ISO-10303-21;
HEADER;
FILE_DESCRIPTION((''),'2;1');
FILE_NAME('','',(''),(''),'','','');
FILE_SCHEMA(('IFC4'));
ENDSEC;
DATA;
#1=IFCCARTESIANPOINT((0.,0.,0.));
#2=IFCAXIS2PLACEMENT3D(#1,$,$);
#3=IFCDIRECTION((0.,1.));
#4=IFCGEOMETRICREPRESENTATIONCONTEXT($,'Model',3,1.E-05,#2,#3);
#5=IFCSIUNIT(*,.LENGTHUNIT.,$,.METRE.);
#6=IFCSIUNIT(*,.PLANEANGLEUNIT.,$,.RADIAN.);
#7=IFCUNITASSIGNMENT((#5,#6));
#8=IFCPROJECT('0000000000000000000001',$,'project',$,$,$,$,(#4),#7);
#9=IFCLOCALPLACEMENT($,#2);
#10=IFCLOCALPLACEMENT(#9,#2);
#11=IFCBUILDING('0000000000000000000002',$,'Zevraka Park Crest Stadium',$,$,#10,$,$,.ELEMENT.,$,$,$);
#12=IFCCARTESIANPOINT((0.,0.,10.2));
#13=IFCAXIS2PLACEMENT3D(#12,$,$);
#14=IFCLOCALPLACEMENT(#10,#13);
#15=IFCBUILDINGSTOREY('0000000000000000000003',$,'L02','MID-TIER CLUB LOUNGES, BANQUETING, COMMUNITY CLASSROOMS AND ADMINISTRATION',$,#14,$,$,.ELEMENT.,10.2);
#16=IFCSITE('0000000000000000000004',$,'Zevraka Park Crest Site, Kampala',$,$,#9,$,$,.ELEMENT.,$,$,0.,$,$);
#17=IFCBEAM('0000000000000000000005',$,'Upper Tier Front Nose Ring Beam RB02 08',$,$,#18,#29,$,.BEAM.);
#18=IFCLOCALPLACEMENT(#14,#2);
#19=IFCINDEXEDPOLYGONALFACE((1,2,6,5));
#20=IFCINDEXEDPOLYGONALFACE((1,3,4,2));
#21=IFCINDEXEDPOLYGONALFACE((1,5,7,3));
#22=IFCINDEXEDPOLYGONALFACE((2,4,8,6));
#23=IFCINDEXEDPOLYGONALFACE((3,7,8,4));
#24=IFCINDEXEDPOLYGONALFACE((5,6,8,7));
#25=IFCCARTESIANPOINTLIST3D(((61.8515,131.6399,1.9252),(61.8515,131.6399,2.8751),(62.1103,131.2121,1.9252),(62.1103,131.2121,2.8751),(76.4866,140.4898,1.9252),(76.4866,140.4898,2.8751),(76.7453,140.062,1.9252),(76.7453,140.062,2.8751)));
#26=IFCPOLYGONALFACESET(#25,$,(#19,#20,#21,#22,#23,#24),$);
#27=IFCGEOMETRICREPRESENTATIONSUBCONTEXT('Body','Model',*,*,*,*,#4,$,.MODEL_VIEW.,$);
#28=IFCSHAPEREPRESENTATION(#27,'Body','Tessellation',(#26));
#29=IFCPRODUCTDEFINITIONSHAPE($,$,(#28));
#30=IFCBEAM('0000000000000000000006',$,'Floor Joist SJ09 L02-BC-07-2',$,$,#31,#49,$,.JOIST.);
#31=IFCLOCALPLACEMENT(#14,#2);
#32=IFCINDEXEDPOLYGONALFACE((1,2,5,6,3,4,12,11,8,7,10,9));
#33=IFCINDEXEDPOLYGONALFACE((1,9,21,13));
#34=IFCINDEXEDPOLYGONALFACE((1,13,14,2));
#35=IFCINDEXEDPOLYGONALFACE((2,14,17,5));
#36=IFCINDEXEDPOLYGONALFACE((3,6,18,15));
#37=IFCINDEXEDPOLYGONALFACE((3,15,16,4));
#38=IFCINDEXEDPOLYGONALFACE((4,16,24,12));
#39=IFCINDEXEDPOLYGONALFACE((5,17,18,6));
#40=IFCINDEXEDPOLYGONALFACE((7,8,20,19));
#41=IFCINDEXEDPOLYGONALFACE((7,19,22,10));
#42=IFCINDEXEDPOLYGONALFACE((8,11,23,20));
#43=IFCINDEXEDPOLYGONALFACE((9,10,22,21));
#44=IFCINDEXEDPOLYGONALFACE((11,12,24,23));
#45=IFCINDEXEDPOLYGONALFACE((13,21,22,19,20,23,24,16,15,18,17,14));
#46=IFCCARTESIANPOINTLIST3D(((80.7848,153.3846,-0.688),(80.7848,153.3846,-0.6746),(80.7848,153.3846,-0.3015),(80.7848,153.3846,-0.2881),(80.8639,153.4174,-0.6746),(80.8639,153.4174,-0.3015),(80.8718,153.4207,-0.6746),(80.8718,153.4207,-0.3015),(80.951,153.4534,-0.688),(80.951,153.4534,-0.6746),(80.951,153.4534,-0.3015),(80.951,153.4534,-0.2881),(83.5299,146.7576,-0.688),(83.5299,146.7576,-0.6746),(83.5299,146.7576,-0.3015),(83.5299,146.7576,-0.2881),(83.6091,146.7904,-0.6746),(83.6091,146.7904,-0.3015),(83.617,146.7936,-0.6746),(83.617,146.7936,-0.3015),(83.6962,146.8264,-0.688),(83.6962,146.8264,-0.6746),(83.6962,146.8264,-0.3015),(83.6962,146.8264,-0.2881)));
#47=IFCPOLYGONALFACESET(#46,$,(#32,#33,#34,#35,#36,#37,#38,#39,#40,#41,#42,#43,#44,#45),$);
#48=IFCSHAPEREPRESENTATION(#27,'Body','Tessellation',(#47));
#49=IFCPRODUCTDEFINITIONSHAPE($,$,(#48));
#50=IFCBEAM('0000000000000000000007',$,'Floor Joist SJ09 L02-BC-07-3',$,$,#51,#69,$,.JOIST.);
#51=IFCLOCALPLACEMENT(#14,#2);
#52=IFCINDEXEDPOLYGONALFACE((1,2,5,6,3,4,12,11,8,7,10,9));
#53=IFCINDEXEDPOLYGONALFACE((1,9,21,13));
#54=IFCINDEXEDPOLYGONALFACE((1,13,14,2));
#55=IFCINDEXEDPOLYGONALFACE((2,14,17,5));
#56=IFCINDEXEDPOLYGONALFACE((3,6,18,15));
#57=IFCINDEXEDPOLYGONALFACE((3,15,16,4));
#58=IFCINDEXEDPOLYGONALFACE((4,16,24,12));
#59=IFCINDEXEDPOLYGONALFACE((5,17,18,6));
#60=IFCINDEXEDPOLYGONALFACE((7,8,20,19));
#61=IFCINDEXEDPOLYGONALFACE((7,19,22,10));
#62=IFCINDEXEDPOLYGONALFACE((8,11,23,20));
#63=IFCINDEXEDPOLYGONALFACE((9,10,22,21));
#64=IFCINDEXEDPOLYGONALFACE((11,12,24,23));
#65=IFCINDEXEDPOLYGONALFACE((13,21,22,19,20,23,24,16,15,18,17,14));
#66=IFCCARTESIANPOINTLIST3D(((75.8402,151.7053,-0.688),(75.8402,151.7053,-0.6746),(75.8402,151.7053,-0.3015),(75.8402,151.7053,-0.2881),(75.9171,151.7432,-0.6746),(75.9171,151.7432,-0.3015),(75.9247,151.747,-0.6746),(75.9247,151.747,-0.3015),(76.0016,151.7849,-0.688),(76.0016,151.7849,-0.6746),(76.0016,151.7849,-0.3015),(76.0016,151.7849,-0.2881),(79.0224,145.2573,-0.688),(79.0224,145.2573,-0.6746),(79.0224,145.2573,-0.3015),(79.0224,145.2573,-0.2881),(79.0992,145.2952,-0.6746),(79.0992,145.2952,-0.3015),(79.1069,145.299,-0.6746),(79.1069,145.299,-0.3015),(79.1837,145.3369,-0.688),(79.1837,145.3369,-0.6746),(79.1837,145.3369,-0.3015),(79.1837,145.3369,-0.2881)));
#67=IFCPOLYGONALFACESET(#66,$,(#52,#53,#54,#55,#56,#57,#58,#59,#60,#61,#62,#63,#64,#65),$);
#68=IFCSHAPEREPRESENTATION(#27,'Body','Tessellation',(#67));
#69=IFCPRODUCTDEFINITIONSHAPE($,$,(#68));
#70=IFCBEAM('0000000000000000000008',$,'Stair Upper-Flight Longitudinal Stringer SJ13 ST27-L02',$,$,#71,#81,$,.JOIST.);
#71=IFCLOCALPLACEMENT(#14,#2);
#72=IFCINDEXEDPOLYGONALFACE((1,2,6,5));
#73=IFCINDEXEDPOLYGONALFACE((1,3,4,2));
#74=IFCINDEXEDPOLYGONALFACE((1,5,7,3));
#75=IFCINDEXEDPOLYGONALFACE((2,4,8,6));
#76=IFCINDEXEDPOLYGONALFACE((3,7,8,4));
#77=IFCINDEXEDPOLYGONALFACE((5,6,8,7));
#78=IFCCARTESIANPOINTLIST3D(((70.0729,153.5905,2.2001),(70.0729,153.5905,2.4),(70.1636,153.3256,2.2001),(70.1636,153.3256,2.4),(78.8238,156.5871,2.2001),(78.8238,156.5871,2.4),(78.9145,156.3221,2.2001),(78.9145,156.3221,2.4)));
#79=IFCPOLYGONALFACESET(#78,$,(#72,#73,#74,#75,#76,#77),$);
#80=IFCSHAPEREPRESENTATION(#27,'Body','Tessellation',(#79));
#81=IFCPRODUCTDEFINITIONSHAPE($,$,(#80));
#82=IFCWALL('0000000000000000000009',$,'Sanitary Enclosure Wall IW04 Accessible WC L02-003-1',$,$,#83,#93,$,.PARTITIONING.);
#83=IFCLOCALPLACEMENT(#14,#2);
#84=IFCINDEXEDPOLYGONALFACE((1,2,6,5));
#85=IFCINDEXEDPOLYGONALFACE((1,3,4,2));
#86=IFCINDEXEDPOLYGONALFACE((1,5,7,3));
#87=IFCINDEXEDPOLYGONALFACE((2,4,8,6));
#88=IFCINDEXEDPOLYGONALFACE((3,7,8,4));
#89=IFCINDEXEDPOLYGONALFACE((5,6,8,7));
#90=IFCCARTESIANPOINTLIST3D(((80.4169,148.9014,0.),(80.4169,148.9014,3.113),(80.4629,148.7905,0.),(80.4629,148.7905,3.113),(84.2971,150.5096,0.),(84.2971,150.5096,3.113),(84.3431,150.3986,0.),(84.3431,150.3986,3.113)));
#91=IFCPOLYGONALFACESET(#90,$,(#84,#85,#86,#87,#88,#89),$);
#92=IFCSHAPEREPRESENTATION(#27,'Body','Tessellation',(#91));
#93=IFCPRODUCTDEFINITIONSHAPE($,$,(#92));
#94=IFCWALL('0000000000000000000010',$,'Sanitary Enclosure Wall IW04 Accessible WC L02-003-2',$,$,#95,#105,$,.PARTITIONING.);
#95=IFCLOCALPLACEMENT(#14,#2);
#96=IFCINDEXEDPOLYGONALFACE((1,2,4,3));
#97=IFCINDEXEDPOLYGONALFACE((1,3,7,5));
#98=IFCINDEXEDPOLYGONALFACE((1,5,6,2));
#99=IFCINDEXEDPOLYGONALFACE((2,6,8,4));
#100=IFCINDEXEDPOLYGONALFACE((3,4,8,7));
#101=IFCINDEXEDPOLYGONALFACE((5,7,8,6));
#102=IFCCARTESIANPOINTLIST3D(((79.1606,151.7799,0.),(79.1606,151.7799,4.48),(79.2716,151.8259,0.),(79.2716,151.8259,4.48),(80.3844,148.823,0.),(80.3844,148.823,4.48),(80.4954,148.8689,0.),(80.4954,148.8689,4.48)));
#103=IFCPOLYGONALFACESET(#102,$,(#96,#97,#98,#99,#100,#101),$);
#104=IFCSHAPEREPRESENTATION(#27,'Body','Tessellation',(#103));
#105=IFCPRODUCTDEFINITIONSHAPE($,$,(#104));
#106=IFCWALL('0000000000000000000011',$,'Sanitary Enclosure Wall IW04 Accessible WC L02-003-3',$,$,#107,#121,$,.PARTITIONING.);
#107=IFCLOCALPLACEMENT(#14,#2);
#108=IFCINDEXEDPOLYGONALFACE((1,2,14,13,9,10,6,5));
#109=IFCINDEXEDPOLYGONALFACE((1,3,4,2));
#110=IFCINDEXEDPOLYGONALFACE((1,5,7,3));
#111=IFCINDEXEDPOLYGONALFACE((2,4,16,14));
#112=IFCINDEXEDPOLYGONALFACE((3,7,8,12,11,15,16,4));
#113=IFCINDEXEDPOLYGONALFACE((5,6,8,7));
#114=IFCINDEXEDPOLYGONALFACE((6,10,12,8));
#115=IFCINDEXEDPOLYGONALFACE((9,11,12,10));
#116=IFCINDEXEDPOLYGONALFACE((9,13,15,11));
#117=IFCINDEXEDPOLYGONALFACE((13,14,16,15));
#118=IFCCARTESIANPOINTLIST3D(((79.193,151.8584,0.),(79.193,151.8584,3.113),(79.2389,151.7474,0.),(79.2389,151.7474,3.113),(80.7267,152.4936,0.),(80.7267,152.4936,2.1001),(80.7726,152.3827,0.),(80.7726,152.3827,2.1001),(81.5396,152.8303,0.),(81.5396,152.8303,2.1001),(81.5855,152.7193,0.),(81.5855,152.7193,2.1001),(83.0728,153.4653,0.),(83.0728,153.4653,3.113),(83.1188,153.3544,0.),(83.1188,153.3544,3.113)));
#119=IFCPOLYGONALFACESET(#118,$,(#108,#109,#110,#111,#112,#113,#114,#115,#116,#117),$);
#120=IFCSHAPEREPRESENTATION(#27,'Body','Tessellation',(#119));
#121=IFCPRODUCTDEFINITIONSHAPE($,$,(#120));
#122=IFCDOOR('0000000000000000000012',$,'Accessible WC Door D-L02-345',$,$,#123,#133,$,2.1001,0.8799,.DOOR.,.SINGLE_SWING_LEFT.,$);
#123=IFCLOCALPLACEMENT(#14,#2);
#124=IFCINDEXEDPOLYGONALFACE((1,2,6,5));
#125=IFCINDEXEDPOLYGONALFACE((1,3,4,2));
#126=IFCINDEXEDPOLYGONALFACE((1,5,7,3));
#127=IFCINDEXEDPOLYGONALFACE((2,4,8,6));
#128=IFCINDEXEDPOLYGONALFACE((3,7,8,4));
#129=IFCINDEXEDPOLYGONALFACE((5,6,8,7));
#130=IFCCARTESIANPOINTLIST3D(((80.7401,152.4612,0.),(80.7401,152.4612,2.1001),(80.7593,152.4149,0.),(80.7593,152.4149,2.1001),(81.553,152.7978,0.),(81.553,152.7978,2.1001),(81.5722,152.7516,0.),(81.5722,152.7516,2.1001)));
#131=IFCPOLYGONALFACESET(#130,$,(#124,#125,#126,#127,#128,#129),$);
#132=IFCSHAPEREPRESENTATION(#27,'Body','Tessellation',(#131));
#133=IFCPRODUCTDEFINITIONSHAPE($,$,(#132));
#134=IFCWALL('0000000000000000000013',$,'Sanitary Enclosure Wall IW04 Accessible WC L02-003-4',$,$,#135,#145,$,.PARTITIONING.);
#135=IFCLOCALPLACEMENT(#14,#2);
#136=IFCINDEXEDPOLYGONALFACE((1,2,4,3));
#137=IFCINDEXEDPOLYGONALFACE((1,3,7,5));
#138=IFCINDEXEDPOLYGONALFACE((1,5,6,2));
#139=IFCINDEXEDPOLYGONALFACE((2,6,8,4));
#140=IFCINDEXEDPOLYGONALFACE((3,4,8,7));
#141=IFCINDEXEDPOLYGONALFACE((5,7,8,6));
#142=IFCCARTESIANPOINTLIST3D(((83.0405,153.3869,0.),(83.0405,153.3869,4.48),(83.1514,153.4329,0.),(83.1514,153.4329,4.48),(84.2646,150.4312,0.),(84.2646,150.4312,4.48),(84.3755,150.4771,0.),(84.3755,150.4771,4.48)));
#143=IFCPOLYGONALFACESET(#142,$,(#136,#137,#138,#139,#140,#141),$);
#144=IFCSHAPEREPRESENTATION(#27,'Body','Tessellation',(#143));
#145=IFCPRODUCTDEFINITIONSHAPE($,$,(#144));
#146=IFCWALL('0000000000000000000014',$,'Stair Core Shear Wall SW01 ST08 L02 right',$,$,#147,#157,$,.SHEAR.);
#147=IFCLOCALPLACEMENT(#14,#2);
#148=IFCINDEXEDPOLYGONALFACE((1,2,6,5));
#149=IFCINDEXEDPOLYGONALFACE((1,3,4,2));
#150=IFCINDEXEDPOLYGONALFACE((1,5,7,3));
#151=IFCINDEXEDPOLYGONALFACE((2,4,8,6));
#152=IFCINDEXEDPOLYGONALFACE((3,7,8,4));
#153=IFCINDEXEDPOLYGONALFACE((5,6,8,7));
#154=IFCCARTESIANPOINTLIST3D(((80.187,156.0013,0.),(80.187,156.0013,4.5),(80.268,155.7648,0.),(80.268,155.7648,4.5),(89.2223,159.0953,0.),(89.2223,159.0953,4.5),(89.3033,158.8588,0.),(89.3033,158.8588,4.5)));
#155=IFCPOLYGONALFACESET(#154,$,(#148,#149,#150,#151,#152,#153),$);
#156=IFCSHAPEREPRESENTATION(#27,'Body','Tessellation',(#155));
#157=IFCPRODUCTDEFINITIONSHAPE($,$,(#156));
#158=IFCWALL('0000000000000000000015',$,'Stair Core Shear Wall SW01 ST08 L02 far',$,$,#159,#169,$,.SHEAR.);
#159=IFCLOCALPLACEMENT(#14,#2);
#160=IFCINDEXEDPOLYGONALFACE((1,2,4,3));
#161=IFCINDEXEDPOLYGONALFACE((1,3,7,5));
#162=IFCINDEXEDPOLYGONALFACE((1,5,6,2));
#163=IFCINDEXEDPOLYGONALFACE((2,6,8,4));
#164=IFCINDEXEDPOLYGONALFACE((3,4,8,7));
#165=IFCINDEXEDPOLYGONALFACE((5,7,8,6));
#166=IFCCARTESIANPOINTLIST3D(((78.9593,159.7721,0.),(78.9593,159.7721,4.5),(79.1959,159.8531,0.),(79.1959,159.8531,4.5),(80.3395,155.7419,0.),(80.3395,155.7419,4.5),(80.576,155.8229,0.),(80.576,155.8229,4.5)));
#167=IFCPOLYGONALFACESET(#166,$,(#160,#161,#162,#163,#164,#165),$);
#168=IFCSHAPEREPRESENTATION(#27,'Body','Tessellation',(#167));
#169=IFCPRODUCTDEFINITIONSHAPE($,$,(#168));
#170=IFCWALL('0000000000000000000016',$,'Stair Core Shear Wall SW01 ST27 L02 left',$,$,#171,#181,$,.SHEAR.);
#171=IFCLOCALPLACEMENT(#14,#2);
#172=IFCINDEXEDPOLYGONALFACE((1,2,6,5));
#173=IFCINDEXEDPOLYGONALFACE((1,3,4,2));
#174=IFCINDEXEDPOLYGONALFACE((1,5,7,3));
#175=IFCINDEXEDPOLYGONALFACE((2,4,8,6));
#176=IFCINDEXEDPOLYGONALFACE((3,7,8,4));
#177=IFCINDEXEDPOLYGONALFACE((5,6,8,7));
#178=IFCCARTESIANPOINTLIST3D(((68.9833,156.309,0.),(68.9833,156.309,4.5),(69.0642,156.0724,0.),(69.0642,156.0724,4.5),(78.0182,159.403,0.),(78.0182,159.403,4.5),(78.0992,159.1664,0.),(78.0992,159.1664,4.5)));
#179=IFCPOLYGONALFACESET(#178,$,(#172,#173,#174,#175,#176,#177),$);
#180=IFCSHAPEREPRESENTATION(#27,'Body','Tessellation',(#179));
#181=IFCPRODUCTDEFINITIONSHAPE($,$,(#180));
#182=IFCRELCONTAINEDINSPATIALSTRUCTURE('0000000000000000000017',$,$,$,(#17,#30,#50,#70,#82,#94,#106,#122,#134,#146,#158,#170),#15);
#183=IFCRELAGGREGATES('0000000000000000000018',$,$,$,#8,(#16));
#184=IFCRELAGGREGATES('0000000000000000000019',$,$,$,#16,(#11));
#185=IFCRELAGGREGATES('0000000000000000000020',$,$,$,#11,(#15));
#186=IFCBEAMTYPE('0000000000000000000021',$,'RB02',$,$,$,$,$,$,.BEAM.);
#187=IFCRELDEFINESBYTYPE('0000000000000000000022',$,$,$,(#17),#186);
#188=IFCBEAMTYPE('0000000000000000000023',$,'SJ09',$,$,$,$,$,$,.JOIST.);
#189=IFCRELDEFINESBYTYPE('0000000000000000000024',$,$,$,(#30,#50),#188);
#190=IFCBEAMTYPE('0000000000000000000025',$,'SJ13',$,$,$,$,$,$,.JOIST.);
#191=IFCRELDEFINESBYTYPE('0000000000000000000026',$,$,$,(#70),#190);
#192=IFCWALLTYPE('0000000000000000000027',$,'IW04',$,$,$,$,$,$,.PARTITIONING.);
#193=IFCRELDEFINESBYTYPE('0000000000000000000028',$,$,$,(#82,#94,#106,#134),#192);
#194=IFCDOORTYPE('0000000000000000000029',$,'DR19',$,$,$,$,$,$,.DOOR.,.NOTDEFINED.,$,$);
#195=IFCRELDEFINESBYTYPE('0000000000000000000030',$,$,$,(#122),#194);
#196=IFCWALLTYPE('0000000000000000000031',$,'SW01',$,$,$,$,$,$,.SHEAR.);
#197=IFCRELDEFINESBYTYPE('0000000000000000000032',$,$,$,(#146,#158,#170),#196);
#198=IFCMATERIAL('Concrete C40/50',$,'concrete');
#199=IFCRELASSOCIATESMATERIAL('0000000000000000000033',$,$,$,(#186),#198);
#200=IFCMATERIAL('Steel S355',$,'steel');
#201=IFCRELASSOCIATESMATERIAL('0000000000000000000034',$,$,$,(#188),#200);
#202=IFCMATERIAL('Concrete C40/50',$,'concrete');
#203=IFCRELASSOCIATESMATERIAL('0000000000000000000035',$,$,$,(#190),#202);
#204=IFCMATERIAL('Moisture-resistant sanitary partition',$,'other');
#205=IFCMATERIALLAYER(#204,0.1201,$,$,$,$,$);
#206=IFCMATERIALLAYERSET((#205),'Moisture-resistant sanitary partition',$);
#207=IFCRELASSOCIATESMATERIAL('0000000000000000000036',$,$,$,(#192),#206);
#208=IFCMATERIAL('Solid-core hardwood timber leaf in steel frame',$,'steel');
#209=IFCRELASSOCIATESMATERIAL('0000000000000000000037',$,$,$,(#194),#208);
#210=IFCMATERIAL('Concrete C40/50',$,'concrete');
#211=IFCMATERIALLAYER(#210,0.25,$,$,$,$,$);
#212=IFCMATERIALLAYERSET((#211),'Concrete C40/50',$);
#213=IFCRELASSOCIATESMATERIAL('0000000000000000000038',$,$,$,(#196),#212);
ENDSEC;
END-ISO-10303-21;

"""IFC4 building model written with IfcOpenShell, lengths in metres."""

from ifc_helpers import new_model, si_unit, direction, frame, frame_2d, origin, origin_2d, place, context, subcontext, project, spatial, rectangle, i_section, extrude, material, layer, layer_set, material_profile, profile_set, type_object, element, fill, save


model = new_model("IFC4")

# Units and contexts
model_context = context("Model", 3, precision=1e-05, world=origin(), true_north=direction((0.0, 1.0)))
body_context = subcontext(model_context, "Body", "Model", "MODEL_VIEW")
ifc_project = project(units=[si_unit("LENGTHUNIT", "METRE"), si_unit("PLANEANGLEUNIT", "RADIAN")], contexts=[model_context])

# Site, building, storey
site_placement = place(None, origin())
site = spatial("IfcSite", under=ifc_project, at=site_placement, Name="Zevraka Park Crest Site, Kampala", CompositionType="ELEMENT", RefElevation=0.0)
building_placement = place(site_placement, origin())
building = spatial("IfcBuilding", under=site, at=building_placement, Name="Zevraka Park Crest Stadium", CompositionType="ELEMENT")
storey_placement = place(building_placement, frame((0.0, 0.0, 10.2)))
storey = spatial("IfcBuildingStorey", under=building, at=storey_placement, Name="L02", Description="MID-TIER CLUB LOUNGES, BANQUETING, COMMUNITY CLASSROOMS AND ADMINISTRATION", CompositionType="ELEMENT", Elevation=10.2)

# Beams
ifc_material_1 = material(Name="Concrete C40/50", Category="concrete")
ifc_material_profile_1 = material_profile(ifc_material_1, rectangle(XDim=0.5, YDim=0.95, at=origin_2d()), Name="RC 950x500")
ifc_profile_set_1 = profile_set([ifc_material_profile_1], Name="Concrete C40/50")
beam_type_1 = type_object("IfcBeamType", Name="RB02", PredefinedType="BEAM", material=ifc_profile_set_1)
beam_1_placement = place(storey_placement, frame((76.616, 140.2759, 2.4001), z_axis=(-0.855712, -0.517453, 0.0), x_axis=(0.517453, -0.855712, 0.0)))
element("IfcBeam", 1, at=beam_1_placement, inside=storey, type_object=beam_type_1, Name="Upper Tier Front Nose Ring Beam RB02 08", PredefinedType="BEAM", context=body_context, shape_type="SweptSolid", body=[
    extrude(rectangle(XDim=0.5, YDim=0.95, at=origin_2d()), origin(), (0.0, 0.0, 1.0), 17.1028),
])
ifc_material_2 = material(Name="Steel S355", Category="steel")
ifc_material_profile_2 = material_profile(ifc_material_2, i_section(OverallWidth=0.1799, OverallDepth=0.3999, WebThickness=0.0085, FlangeThickness=0.0134, at=origin_2d()), Name="IPE 400")
ifc_profile_set_2 = profile_set([ifc_material_profile_2], Name="Steel S355")
beam_type_2 = type_object("IfcBeamType", Name="SJ09", PredefinedType="JOIST", material=ifc_profile_set_2)
beam_2_placement = place(storey_placement, frame((83.613, 146.792, -0.488), z_axis=(-0.3827, 0.923872, 0.0), x_axis=(-0.923872, -0.3827, 0.0)))
element("IfcBeam", 2, at=beam_2_placement, inside=storey, type_object=beam_type_2, Name="Floor Joist SJ09 L02-BC-07-2", PredefinedType="JOIST", context=body_context, shape_type="SweptSolid", body=[
    extrude(i_section(OverallWidth=0.1799, OverallDepth=0.3999, WebThickness=0.0085, FlangeThickness=0.0134, at=origin_2d()), origin(), (0.0, 0.0, 1.0), 7.1731),
])
beam_3_placement = place(storey_placement, frame((79.103, 145.2971, -0.488), z_axis=(-0.442549, 0.896744, 0.0), x_axis=(-0.896744, -0.442549, 0.0)))
element("IfcBeam", 3, at=beam_3_placement, inside=storey, type_object=beam_type_2, Name="Floor Joist SJ09 L02-BC-07-3", PredefinedType="JOIST", context=body_context, shape_type="SweptSolid", body=[
    extrude(i_section(OverallWidth=0.1799, OverallDepth=0.3999, WebThickness=0.0085, FlangeThickness=0.0134, at=origin_2d()), origin(), (0.0, 0.0, 1.0), 7.1904),
])
ifc_material_3 = material(Name="Concrete C40/50", Category="concrete")
ifc_material_profile_3 = material_profile(ifc_material_3, rectangle(XDim=0.28, YDim=0.2, at=origin_2d()), Name="RC 200x280")
ifc_profile_set_3 = profile_set([ifc_material_profile_3], Name="Concrete C40/50")
beam_type_3 = type_object("IfcBeamType", Name="SJ13", PredefinedType="JOIST", material=ifc_profile_set_3)
beam_4_placement = place(storey_placement, frame((78.8691, 156.4546, 2.3), z_axis=(-0.94607, -0.323961, 0.0), x_axis=(0.323961, -0.94607, 0.0)))
element("IfcBeam", 4, at=beam_4_placement, inside=storey, type_object=beam_type_3, Name="Stair Upper-Flight Longitudinal Stringer SJ13 ST27-L02", PredefinedType="JOIST", context=body_context, shape_type="SweptSolid", body=[
    extrude(rectangle(XDim=0.28, YDim=0.2, at=origin_2d()), origin(), (0.0, 0.0, 1.0), 9.2498),
])

# Walls
ifc_material_4 = material(Name="Moisture-resistant sanitary partition", Category="other")
ifc_layer_1 = layer(ifc_material_4, 0.1201)
ifc_layer_set_1 = layer_set([ifc_layer_1], Name="Moisture-resistant sanitary partition")
wall_type_1 = type_object("IfcWallType", Name="IW04", PredefinedType="PARTITIONING", material=ifc_layer_set_1)
wall_1_placement = place(storey_placement, frame((84.3201, 150.4541, 0.0), z_axis=(0.0, 0.0, 1.0), x_axis=(-0.923799, -0.382877, 0.0)))
element("IfcWall", 5, at=wall_1_placement, inside=storey, type_object=wall_type_1, Name="Sanitary Enclosure Wall IW04 Accessible WC L02-003-1", PredefinedType="PARTITIONING", context=body_context, shape_type="SweptSolid", body=[
    extrude(rectangle(XDim=4.2002, YDim=0.1201, at=frame_2d((2.1001, 0.0))), origin(), (0.0, 0.0, 1.0), 3.113),
])
wall_2_placement = place(storey_placement, frame((80.4399, 148.8459, 0.0), z_axis=(0.0, 0.0, 1.0), x_axis=(-0.382426, 0.923986, 0.0)))
element("IfcWall", 6, at=wall_2_placement, inside=storey, type_object=wall_type_1, Name="Sanitary Enclosure Wall IW04 Accessible WC L02-003-2", PredefinedType="PARTITIONING", context=body_context, shape_type="SweptSolid", body=[
    extrude(rectangle(XDim=3.2002, YDim=0.1201, at=frame_2d((1.6001, 0.0))), origin(), (0.0, 0.0, 1.0), 4.48),
])

# Wall, opening, door
wall_3_placement = place(storey_placement, frame((79.2161, 151.803, 0.0), z_axis=(0.0, 0.0, 1.0), x_axis=(0.923894, 0.38265, 0.0)))
wall_3 = element("IfcWall", 7, at=wall_3_placement, inside=storey, type_object=wall_type_1, Name="Sanitary Enclosure Wall IW04 Accessible WC L02-003-3", PredefinedType="PARTITIONING", context=body_context, shape_type="SweptSolid", body=[
    extrude(rectangle(XDim=4.1995, YDim=0.1201, at=frame_2d((2.0996, 0.0))), origin(), (0.0, 0.0, 1.0), 3.113),
])
opening_1_placement = place(wall_3_placement, frame((1.6599, 0.0, 0.0)))
opening_1 = element("IfcOpeningElement", 8, at=opening_1_placement, cuts=wall_3, PredefinedType="OPENING", context=body_context, shape_type="SweptSolid", body=[
    extrude(rectangle(XDim=0.8799, YDim=2.1001, at=frame_2d((0.4399, 1.05))), frame((0.0, 0.0701, 0.0), z_axis=(0.0, -1.0, 0.0), x_axis=(1.0, 0.0, 0.0)), (0.0, 0.0, 1.0), 0.1401),
])
ifc_material_5 = material(Name="Solid-core hardwood timber leaf in steel frame", Category="steel")
door_type_1 = type_object("IfcDoorType", Name="DR19", OperationType="NOTDEFINED", PredefinedType="DOOR", material=ifc_material_5)
door_1_placement = place(opening_1_placement, origin())
door_1 = element("IfcDoor", 9, at=door_1_placement, inside=storey, type_object=door_type_1, Name="Accessible WC Door D-L02-345", OperationType="SINGLE_SWING_LEFT", OverallHeight=2.1001, OverallWidth=0.8799, PredefinedType="DOOR", context=body_context, shape_type="SweptSolid", body=[
    extrude(rectangle(XDim=0.8799, YDim=2.1001, at=frame_2d((0.4399, 1.05))), frame((0.0, 0.0249, 0.0), z_axis=(0.0, -1.0, 0.0), x_axis=(1.0, 0.0, 0.0)), (0.0, 0.0, 1.0), 0.05),
])
fill(opening_1, door_1)

# Walls
wall_4_placement = place(storey_placement, frame((83.0959, 153.4099, 0.0), z_axis=(0.0, 0.0, 1.0), x_axis=(0.382626, -0.923903, 0.0)))
element("IfcWall", 10, at=wall_4_placement, inside=storey, type_object=wall_type_1, Name="Sanitary Enclosure Wall IW04 Accessible WC L02-003-4", PredefinedType="PARTITIONING", context=body_context, shape_type="SweptSolid", body=[
    extrude(rectangle(XDim=3.1992, YDim=0.1201, at=frame_2d((1.5996, 0.0))), origin(), (0.0, 0.0, 1.0), 4.48),
])
ifc_material_6 = material(Name="Concrete C40/50", Category="concrete")
ifc_layer_2 = layer(ifc_material_6, 0.25)
ifc_layer_set_2 = layer_set([ifc_layer_2], Name="Concrete C40/50")
wall_type_2 = type_object("IfcWallType", Name="SW01", PredefinedType="SHEAR", material=ifc_layer_set_2)
wall_5_placement = place(storey_placement, frame((80.2275, 155.8831, 0.0), z_axis=(0.0, 0.0, 1.0), x_axis=(0.946067, 0.323971, 0.0)))
element("IfcWall", 11, at=wall_5_placement, inside=storey, type_object=wall_type_2, Name="Stair Core Shear Wall SW01 ST08 L02 right", PredefinedType="SHEAR", context=body_context, shape_type="SweptSolid", body=[
    extrude(rectangle(XDim=9.5503, YDim=0.25, at=frame_2d((4.7751, 0.0))), origin(), (0.0, 0.0, 1.0), 4.5),
])
wall_6_placement = place(storey_placement, frame((79.0776, 159.8125, 0.0), z_axis=(0.0, 0.0, 1.0), x_axis=(0.323971, -0.946067, 0.0)))
element("IfcWall", 12, at=wall_6_placement, inside=storey, type_object=wall_type_2, Name="Stair Core Shear Wall SW01 ST08 L02 far", PredefinedType="SHEAR", context=body_context, shape_type="SweptSolid", body=[
    extrude(rectangle(XDim=4.26, YDim=0.25, at=frame_2d((2.1299, 0.0))), origin(), (0.0, 0.0, 1.0), 4.5),
])
wall_7_placement = place(storey_placement, frame((78.0586, 159.2847, 0.0), z_axis=(0.0, 0.0, 1.0), x_axis=(-0.946064, -0.323979, 0.0)))
element("IfcWall", 13, at=wall_7_placement, inside=storey, type_object=wall_type_2, Name="Stair Core Shear Wall SW01 ST27 L02 left", PredefinedType="SHEAR", context=body_context, shape_type="SweptSolid", body=[
    extrude(rectangle(XDim=9.55, YDim=0.25, at=frame_2d((4.7749, 0.0))), origin(), (0.0, 0.0, 1.0), 4.5),
])

save(model, "model.ifc")
